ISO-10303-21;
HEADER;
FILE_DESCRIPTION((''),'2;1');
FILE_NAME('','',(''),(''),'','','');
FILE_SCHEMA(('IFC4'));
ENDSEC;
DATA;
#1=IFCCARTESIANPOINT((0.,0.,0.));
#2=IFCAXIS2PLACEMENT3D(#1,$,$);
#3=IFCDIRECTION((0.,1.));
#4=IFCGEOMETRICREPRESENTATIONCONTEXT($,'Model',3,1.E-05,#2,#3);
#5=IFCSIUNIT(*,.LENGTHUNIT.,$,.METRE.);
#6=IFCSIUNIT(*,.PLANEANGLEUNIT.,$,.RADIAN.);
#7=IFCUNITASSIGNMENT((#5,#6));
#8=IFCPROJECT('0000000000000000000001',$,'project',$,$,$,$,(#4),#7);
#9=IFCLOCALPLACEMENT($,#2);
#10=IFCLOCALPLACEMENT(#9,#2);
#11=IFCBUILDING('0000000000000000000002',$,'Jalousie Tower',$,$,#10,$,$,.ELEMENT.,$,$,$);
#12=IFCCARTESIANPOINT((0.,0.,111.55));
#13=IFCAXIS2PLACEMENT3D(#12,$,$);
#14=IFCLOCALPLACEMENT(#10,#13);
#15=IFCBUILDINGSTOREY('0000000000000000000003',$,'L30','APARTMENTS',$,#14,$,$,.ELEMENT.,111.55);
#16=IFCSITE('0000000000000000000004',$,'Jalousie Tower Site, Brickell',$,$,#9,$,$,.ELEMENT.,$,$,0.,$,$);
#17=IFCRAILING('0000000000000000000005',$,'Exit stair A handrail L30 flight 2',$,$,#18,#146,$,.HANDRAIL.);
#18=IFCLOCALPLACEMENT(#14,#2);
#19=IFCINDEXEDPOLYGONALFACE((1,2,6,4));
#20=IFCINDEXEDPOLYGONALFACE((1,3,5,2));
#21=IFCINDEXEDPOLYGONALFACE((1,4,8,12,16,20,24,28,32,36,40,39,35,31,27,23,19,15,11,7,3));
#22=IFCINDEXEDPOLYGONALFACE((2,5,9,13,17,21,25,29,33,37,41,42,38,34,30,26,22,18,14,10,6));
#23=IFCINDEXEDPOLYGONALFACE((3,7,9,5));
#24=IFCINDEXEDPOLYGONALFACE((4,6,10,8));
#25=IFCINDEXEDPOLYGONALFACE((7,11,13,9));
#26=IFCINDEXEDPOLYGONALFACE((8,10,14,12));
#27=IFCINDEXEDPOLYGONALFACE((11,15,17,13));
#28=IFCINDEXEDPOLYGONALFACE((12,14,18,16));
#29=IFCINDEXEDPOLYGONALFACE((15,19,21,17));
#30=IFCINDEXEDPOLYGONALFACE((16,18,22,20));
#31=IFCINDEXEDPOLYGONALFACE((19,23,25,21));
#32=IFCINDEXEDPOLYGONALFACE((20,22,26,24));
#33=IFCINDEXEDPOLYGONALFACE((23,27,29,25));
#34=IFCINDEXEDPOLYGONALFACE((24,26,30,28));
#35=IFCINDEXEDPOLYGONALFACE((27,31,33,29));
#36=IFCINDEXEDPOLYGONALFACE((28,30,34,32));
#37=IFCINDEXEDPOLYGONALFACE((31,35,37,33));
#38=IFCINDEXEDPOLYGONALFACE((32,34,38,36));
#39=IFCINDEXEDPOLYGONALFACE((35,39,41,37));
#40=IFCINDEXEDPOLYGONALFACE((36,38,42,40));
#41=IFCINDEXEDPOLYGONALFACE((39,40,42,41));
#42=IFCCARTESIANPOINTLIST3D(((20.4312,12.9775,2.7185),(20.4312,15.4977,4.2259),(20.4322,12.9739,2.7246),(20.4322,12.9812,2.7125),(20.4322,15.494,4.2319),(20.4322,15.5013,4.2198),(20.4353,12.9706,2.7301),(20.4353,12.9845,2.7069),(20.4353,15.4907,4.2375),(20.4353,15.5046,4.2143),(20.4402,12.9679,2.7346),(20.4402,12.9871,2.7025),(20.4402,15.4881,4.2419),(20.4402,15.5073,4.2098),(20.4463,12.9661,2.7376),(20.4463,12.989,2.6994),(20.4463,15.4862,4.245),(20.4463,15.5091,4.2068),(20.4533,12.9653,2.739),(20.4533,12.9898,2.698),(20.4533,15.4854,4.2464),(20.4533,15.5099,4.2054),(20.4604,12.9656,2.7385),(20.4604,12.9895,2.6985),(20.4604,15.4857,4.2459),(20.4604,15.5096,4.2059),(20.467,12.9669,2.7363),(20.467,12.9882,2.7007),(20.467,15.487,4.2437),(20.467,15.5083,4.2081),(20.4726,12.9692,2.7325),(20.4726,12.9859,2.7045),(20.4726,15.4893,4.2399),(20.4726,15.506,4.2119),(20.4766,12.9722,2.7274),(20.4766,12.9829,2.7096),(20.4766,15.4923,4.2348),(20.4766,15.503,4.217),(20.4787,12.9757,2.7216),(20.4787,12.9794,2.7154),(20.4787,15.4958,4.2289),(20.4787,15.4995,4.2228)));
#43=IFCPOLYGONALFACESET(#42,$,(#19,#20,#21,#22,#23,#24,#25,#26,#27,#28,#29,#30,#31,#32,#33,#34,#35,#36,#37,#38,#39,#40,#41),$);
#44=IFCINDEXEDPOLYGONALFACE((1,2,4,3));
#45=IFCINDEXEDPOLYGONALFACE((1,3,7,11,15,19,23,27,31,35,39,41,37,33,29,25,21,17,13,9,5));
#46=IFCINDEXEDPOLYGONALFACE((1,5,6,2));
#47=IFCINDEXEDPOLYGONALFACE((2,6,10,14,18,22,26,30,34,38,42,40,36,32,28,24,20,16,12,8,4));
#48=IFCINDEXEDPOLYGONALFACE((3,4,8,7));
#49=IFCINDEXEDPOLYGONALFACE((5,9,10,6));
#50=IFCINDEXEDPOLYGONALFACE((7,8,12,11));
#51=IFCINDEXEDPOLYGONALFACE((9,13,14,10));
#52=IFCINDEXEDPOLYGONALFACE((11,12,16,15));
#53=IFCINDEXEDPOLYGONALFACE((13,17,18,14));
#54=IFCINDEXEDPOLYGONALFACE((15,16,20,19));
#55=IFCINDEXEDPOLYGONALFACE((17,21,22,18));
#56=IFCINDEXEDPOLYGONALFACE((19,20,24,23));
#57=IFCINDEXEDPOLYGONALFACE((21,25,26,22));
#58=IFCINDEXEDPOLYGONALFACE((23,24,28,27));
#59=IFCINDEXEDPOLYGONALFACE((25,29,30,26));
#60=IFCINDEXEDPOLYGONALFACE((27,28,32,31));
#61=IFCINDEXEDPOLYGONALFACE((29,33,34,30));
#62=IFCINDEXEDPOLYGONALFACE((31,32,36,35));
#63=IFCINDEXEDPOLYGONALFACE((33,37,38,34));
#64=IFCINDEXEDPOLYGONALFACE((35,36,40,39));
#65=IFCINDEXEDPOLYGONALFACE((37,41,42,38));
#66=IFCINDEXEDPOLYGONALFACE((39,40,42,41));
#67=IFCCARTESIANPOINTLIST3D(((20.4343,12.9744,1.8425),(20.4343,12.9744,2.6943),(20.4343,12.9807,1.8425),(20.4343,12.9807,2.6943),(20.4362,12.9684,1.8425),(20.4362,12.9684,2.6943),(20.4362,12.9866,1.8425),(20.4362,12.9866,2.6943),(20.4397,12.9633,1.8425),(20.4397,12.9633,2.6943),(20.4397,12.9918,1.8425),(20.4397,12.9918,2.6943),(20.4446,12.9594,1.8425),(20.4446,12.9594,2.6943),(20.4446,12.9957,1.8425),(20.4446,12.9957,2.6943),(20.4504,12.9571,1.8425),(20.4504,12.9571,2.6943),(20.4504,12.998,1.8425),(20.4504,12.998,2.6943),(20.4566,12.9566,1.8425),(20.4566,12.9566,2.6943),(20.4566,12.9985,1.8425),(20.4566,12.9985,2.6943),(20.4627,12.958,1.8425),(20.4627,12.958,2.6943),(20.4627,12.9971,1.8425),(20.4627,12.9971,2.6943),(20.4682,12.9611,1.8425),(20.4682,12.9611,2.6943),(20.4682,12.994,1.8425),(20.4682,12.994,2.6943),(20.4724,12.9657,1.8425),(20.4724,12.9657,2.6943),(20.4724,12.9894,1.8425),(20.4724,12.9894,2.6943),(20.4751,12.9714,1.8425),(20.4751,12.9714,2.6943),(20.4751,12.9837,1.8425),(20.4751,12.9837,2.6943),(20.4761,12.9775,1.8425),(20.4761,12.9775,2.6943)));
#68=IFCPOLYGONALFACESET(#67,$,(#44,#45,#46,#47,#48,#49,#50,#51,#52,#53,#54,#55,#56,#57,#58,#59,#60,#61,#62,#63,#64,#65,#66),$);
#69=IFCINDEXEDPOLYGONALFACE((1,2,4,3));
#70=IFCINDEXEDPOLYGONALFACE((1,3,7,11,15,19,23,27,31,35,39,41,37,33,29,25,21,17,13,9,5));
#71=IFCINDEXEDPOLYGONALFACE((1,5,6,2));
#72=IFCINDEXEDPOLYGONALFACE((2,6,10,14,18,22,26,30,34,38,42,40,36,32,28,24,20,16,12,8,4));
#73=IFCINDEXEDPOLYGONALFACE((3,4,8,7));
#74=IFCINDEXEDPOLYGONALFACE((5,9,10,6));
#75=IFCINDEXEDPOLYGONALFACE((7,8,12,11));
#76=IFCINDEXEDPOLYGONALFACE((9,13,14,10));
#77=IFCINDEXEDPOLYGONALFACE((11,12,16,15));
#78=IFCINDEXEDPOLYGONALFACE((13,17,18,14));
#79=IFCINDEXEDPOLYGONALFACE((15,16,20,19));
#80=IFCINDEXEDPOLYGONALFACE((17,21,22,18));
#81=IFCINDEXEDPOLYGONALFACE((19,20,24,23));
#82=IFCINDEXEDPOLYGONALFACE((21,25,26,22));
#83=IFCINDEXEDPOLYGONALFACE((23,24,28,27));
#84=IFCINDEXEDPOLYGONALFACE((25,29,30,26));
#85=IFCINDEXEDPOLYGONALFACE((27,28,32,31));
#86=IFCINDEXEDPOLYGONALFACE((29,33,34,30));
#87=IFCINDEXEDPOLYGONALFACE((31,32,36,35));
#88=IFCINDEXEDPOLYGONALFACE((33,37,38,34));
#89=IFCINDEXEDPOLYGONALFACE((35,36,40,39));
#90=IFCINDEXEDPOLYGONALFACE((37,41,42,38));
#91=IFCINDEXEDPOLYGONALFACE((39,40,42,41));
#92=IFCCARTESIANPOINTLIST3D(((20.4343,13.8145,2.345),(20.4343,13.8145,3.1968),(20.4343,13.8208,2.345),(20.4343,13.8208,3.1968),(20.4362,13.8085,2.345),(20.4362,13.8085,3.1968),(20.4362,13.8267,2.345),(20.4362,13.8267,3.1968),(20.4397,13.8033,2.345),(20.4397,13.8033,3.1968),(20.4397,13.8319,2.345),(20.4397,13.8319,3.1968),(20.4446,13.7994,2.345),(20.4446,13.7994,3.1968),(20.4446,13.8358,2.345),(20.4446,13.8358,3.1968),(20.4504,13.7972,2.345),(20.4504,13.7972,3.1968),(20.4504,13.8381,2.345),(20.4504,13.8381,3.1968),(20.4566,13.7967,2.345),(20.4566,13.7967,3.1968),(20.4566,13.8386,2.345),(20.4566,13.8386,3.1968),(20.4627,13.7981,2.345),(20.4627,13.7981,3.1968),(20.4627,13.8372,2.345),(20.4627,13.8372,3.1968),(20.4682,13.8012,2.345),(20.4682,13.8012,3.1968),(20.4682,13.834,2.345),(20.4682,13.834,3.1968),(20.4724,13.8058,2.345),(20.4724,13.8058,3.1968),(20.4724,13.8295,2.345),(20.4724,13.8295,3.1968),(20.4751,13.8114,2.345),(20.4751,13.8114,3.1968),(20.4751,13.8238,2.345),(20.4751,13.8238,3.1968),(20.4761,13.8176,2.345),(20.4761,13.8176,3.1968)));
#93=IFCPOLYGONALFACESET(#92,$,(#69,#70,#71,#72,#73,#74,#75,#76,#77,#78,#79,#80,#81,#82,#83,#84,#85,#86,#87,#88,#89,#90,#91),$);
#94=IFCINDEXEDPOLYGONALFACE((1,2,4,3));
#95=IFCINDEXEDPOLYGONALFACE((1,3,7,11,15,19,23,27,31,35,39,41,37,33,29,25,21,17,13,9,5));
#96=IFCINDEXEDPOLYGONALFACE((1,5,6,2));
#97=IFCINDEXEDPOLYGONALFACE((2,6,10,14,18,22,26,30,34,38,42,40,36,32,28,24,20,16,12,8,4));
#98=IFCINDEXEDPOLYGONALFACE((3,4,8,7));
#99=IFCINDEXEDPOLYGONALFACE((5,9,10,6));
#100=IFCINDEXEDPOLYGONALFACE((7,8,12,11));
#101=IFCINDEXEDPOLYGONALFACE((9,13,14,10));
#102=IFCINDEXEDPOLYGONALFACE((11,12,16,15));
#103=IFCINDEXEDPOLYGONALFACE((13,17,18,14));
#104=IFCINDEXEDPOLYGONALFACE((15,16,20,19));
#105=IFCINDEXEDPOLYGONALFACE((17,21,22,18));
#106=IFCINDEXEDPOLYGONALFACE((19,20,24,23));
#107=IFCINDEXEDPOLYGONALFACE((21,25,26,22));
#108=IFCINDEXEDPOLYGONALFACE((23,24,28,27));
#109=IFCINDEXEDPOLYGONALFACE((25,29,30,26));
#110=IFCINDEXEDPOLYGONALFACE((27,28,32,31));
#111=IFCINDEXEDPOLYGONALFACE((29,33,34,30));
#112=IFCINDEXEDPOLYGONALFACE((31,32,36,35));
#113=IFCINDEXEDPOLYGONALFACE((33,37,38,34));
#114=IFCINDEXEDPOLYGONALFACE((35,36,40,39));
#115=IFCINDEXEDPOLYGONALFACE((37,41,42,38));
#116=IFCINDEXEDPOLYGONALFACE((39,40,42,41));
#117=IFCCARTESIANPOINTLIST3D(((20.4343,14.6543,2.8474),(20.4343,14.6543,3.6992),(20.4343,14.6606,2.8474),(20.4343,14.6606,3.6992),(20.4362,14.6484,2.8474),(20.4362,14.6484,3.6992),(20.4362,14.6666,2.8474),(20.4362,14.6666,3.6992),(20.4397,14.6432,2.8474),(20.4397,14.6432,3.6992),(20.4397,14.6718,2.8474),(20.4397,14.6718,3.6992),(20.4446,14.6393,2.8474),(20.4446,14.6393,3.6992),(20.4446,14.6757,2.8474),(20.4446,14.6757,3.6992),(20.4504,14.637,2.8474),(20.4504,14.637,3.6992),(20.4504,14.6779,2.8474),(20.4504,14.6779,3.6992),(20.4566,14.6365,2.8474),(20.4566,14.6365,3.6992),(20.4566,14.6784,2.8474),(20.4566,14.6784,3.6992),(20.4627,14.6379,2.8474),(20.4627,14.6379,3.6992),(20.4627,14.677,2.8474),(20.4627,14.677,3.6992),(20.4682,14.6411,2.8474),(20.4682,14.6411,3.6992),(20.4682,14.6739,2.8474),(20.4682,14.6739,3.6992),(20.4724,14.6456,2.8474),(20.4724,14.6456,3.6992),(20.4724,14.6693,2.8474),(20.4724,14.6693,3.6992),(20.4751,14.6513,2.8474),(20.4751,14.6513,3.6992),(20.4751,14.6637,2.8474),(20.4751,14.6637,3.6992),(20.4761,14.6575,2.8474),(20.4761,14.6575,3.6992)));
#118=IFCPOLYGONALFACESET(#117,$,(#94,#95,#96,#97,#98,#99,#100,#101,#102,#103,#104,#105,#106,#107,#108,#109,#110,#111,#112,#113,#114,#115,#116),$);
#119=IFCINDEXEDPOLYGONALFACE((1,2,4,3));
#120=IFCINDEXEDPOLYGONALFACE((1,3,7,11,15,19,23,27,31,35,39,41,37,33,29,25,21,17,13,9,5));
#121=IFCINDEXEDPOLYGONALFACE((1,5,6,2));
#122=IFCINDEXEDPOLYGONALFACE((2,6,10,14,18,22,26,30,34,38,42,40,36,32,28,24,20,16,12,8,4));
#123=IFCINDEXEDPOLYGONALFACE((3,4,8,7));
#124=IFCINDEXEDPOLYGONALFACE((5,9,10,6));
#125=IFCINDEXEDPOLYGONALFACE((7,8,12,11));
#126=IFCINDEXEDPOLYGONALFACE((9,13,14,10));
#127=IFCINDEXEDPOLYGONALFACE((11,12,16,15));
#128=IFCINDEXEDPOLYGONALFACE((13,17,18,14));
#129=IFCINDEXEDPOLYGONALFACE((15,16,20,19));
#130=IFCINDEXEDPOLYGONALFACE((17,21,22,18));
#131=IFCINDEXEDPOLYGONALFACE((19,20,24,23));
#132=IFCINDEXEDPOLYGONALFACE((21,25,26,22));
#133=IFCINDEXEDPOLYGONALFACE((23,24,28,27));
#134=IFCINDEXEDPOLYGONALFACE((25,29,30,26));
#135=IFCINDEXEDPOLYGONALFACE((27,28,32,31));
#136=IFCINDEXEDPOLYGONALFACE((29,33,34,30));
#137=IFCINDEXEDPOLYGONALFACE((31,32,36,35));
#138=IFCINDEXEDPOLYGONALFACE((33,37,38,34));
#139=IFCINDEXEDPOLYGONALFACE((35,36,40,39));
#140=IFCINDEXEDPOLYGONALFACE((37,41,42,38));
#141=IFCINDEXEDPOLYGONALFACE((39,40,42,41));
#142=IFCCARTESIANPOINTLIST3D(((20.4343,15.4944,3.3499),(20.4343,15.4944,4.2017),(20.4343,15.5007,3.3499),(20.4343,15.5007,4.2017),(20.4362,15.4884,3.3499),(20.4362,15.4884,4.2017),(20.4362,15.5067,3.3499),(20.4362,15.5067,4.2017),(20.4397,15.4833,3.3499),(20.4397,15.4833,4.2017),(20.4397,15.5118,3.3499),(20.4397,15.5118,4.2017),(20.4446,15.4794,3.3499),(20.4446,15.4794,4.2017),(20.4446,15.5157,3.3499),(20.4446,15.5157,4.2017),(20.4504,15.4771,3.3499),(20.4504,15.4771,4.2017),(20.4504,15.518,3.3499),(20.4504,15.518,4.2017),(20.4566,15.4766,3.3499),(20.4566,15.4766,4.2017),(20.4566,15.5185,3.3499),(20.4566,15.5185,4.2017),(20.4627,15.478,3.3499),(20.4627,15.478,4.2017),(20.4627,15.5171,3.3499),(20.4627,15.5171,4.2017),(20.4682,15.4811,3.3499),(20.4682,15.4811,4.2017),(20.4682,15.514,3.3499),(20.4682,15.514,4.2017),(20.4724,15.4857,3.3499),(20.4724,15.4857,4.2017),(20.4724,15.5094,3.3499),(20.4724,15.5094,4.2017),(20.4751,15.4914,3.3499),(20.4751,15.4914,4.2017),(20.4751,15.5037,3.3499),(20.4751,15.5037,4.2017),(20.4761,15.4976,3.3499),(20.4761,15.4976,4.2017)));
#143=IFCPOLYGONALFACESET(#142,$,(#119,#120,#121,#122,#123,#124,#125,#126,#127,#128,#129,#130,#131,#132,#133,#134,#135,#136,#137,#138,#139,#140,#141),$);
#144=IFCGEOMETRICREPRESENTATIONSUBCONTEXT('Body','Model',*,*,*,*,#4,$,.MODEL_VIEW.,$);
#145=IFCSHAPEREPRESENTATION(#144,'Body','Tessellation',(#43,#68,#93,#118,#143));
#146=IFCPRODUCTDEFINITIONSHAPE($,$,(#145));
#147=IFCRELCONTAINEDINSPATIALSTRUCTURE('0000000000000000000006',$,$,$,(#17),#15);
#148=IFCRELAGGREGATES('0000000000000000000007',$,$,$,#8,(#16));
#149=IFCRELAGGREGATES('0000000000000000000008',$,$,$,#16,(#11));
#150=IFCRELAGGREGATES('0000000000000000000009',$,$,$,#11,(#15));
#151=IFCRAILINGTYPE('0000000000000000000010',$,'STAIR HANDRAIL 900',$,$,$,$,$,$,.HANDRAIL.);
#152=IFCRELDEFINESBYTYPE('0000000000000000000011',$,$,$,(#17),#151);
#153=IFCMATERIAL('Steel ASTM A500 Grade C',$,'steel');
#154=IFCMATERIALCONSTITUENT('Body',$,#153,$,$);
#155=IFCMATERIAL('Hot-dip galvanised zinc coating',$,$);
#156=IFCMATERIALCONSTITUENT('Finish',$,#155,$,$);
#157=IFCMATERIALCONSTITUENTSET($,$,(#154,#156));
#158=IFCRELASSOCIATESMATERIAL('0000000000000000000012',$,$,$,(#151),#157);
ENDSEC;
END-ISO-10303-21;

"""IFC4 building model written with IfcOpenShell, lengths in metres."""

from ifc_helpers import new_model, si_unit, direction, frame, origin, origin_2d, place, context, subcontext, project, spatial, circle, extrude, material, constituent, constituent_set, type_object, element, save


model = new_model("IFC4")

# Units and contexts
model_context = context("Model", 3, precision=1e-05, world=origin(), true_north=direction((0.0, 1.0)))
body_context = subcontext(model_context, "Body", "Model", "MODEL_VIEW")
ifc_project = project(units=[si_unit("LENGTHUNIT", "METRE"), si_unit("PLANEANGLEUNIT", "RADIAN")], contexts=[model_context])

# Site, building, storey
site_placement = place(None, origin())
site = spatial("IfcSite", under=ifc_project, at=site_placement, Name="Jalousie Tower Site, Brickell", CompositionType="ELEMENT", RefElevation=0.0)
building_placement = place(site_placement, origin())
building = spatial("IfcBuilding", under=site, at=building_placement, Name="Jalousie Tower", CompositionType="ELEMENT")
storey_placement = place(building_placement, frame((0.0, 0.0, 111.55)))
storey = spatial("IfcBuildingStorey", under=building, at=storey_placement, Name="L30", Description="APARTMENTS", CompositionType="ELEMENT", Elevation=111.55)

# Railing
ifc_material_1 = material(Name="Steel ASTM A500 Grade C", Category="steel")
ifc_constituent_1 = constituent(ifc_material_1, Name="Body")
ifc_material_2 = material(Name="Hot-dip galvanised zinc coating")
ifc_constituent_2 = constituent(ifc_material_2, Name="Finish")
ifc_constituent_set_1 = constituent_set(constituents=[ifc_constituent_1, ifc_constituent_2])
railing_type_1 = type_object("IfcRailingType", Name="STAIR HANDRAIL 900", PredefinedType="HANDRAIL", material=ifc_constituent_set_1)
railing_1_placement = place(storey_placement, frame((20.4551, 12.9775, 1.8425)))
element("IfcRailing", 1, at=railing_1_placement, inside=storey, type_object=railing_type_1, Name="Exit stair A handrail L30 flight 2", PredefinedType="HANDRAIL", context=body_context, shape_type="SweptSolid", body=[
    extrude(circle(Radius=0.0239, at=origin_2d()), frame((0.0, 0.0, 0.876), z_axis=(0.0, 0.858196, 0.513321), x_axis=(-1.0, 0.0, 0.0)), (0.0, 0.0, 1.0), 2.9365),
    extrude(circle(Radius=0.021, at=origin_2d()), origin(), (0.0, 0.0, 1.0), 0.8518),
    extrude(circle(Radius=0.021, at=origin_2d()), frame((0.0, 0.8401, 0.5024)), (0.0, 0.0, 1.0), 0.8518),
    extrude(circle(Radius=0.021, at=origin_2d()), frame((0.0, 1.6799, 1.0049)), (0.0, 0.0, 1.0), 0.8518),
    extrude(circle(Radius=0.021, at=origin_2d()), frame((0.0, 2.52, 1.5073)), (0.0, 0.0, 1.0), 0.8518),
])

save(model, "model.ifc")
